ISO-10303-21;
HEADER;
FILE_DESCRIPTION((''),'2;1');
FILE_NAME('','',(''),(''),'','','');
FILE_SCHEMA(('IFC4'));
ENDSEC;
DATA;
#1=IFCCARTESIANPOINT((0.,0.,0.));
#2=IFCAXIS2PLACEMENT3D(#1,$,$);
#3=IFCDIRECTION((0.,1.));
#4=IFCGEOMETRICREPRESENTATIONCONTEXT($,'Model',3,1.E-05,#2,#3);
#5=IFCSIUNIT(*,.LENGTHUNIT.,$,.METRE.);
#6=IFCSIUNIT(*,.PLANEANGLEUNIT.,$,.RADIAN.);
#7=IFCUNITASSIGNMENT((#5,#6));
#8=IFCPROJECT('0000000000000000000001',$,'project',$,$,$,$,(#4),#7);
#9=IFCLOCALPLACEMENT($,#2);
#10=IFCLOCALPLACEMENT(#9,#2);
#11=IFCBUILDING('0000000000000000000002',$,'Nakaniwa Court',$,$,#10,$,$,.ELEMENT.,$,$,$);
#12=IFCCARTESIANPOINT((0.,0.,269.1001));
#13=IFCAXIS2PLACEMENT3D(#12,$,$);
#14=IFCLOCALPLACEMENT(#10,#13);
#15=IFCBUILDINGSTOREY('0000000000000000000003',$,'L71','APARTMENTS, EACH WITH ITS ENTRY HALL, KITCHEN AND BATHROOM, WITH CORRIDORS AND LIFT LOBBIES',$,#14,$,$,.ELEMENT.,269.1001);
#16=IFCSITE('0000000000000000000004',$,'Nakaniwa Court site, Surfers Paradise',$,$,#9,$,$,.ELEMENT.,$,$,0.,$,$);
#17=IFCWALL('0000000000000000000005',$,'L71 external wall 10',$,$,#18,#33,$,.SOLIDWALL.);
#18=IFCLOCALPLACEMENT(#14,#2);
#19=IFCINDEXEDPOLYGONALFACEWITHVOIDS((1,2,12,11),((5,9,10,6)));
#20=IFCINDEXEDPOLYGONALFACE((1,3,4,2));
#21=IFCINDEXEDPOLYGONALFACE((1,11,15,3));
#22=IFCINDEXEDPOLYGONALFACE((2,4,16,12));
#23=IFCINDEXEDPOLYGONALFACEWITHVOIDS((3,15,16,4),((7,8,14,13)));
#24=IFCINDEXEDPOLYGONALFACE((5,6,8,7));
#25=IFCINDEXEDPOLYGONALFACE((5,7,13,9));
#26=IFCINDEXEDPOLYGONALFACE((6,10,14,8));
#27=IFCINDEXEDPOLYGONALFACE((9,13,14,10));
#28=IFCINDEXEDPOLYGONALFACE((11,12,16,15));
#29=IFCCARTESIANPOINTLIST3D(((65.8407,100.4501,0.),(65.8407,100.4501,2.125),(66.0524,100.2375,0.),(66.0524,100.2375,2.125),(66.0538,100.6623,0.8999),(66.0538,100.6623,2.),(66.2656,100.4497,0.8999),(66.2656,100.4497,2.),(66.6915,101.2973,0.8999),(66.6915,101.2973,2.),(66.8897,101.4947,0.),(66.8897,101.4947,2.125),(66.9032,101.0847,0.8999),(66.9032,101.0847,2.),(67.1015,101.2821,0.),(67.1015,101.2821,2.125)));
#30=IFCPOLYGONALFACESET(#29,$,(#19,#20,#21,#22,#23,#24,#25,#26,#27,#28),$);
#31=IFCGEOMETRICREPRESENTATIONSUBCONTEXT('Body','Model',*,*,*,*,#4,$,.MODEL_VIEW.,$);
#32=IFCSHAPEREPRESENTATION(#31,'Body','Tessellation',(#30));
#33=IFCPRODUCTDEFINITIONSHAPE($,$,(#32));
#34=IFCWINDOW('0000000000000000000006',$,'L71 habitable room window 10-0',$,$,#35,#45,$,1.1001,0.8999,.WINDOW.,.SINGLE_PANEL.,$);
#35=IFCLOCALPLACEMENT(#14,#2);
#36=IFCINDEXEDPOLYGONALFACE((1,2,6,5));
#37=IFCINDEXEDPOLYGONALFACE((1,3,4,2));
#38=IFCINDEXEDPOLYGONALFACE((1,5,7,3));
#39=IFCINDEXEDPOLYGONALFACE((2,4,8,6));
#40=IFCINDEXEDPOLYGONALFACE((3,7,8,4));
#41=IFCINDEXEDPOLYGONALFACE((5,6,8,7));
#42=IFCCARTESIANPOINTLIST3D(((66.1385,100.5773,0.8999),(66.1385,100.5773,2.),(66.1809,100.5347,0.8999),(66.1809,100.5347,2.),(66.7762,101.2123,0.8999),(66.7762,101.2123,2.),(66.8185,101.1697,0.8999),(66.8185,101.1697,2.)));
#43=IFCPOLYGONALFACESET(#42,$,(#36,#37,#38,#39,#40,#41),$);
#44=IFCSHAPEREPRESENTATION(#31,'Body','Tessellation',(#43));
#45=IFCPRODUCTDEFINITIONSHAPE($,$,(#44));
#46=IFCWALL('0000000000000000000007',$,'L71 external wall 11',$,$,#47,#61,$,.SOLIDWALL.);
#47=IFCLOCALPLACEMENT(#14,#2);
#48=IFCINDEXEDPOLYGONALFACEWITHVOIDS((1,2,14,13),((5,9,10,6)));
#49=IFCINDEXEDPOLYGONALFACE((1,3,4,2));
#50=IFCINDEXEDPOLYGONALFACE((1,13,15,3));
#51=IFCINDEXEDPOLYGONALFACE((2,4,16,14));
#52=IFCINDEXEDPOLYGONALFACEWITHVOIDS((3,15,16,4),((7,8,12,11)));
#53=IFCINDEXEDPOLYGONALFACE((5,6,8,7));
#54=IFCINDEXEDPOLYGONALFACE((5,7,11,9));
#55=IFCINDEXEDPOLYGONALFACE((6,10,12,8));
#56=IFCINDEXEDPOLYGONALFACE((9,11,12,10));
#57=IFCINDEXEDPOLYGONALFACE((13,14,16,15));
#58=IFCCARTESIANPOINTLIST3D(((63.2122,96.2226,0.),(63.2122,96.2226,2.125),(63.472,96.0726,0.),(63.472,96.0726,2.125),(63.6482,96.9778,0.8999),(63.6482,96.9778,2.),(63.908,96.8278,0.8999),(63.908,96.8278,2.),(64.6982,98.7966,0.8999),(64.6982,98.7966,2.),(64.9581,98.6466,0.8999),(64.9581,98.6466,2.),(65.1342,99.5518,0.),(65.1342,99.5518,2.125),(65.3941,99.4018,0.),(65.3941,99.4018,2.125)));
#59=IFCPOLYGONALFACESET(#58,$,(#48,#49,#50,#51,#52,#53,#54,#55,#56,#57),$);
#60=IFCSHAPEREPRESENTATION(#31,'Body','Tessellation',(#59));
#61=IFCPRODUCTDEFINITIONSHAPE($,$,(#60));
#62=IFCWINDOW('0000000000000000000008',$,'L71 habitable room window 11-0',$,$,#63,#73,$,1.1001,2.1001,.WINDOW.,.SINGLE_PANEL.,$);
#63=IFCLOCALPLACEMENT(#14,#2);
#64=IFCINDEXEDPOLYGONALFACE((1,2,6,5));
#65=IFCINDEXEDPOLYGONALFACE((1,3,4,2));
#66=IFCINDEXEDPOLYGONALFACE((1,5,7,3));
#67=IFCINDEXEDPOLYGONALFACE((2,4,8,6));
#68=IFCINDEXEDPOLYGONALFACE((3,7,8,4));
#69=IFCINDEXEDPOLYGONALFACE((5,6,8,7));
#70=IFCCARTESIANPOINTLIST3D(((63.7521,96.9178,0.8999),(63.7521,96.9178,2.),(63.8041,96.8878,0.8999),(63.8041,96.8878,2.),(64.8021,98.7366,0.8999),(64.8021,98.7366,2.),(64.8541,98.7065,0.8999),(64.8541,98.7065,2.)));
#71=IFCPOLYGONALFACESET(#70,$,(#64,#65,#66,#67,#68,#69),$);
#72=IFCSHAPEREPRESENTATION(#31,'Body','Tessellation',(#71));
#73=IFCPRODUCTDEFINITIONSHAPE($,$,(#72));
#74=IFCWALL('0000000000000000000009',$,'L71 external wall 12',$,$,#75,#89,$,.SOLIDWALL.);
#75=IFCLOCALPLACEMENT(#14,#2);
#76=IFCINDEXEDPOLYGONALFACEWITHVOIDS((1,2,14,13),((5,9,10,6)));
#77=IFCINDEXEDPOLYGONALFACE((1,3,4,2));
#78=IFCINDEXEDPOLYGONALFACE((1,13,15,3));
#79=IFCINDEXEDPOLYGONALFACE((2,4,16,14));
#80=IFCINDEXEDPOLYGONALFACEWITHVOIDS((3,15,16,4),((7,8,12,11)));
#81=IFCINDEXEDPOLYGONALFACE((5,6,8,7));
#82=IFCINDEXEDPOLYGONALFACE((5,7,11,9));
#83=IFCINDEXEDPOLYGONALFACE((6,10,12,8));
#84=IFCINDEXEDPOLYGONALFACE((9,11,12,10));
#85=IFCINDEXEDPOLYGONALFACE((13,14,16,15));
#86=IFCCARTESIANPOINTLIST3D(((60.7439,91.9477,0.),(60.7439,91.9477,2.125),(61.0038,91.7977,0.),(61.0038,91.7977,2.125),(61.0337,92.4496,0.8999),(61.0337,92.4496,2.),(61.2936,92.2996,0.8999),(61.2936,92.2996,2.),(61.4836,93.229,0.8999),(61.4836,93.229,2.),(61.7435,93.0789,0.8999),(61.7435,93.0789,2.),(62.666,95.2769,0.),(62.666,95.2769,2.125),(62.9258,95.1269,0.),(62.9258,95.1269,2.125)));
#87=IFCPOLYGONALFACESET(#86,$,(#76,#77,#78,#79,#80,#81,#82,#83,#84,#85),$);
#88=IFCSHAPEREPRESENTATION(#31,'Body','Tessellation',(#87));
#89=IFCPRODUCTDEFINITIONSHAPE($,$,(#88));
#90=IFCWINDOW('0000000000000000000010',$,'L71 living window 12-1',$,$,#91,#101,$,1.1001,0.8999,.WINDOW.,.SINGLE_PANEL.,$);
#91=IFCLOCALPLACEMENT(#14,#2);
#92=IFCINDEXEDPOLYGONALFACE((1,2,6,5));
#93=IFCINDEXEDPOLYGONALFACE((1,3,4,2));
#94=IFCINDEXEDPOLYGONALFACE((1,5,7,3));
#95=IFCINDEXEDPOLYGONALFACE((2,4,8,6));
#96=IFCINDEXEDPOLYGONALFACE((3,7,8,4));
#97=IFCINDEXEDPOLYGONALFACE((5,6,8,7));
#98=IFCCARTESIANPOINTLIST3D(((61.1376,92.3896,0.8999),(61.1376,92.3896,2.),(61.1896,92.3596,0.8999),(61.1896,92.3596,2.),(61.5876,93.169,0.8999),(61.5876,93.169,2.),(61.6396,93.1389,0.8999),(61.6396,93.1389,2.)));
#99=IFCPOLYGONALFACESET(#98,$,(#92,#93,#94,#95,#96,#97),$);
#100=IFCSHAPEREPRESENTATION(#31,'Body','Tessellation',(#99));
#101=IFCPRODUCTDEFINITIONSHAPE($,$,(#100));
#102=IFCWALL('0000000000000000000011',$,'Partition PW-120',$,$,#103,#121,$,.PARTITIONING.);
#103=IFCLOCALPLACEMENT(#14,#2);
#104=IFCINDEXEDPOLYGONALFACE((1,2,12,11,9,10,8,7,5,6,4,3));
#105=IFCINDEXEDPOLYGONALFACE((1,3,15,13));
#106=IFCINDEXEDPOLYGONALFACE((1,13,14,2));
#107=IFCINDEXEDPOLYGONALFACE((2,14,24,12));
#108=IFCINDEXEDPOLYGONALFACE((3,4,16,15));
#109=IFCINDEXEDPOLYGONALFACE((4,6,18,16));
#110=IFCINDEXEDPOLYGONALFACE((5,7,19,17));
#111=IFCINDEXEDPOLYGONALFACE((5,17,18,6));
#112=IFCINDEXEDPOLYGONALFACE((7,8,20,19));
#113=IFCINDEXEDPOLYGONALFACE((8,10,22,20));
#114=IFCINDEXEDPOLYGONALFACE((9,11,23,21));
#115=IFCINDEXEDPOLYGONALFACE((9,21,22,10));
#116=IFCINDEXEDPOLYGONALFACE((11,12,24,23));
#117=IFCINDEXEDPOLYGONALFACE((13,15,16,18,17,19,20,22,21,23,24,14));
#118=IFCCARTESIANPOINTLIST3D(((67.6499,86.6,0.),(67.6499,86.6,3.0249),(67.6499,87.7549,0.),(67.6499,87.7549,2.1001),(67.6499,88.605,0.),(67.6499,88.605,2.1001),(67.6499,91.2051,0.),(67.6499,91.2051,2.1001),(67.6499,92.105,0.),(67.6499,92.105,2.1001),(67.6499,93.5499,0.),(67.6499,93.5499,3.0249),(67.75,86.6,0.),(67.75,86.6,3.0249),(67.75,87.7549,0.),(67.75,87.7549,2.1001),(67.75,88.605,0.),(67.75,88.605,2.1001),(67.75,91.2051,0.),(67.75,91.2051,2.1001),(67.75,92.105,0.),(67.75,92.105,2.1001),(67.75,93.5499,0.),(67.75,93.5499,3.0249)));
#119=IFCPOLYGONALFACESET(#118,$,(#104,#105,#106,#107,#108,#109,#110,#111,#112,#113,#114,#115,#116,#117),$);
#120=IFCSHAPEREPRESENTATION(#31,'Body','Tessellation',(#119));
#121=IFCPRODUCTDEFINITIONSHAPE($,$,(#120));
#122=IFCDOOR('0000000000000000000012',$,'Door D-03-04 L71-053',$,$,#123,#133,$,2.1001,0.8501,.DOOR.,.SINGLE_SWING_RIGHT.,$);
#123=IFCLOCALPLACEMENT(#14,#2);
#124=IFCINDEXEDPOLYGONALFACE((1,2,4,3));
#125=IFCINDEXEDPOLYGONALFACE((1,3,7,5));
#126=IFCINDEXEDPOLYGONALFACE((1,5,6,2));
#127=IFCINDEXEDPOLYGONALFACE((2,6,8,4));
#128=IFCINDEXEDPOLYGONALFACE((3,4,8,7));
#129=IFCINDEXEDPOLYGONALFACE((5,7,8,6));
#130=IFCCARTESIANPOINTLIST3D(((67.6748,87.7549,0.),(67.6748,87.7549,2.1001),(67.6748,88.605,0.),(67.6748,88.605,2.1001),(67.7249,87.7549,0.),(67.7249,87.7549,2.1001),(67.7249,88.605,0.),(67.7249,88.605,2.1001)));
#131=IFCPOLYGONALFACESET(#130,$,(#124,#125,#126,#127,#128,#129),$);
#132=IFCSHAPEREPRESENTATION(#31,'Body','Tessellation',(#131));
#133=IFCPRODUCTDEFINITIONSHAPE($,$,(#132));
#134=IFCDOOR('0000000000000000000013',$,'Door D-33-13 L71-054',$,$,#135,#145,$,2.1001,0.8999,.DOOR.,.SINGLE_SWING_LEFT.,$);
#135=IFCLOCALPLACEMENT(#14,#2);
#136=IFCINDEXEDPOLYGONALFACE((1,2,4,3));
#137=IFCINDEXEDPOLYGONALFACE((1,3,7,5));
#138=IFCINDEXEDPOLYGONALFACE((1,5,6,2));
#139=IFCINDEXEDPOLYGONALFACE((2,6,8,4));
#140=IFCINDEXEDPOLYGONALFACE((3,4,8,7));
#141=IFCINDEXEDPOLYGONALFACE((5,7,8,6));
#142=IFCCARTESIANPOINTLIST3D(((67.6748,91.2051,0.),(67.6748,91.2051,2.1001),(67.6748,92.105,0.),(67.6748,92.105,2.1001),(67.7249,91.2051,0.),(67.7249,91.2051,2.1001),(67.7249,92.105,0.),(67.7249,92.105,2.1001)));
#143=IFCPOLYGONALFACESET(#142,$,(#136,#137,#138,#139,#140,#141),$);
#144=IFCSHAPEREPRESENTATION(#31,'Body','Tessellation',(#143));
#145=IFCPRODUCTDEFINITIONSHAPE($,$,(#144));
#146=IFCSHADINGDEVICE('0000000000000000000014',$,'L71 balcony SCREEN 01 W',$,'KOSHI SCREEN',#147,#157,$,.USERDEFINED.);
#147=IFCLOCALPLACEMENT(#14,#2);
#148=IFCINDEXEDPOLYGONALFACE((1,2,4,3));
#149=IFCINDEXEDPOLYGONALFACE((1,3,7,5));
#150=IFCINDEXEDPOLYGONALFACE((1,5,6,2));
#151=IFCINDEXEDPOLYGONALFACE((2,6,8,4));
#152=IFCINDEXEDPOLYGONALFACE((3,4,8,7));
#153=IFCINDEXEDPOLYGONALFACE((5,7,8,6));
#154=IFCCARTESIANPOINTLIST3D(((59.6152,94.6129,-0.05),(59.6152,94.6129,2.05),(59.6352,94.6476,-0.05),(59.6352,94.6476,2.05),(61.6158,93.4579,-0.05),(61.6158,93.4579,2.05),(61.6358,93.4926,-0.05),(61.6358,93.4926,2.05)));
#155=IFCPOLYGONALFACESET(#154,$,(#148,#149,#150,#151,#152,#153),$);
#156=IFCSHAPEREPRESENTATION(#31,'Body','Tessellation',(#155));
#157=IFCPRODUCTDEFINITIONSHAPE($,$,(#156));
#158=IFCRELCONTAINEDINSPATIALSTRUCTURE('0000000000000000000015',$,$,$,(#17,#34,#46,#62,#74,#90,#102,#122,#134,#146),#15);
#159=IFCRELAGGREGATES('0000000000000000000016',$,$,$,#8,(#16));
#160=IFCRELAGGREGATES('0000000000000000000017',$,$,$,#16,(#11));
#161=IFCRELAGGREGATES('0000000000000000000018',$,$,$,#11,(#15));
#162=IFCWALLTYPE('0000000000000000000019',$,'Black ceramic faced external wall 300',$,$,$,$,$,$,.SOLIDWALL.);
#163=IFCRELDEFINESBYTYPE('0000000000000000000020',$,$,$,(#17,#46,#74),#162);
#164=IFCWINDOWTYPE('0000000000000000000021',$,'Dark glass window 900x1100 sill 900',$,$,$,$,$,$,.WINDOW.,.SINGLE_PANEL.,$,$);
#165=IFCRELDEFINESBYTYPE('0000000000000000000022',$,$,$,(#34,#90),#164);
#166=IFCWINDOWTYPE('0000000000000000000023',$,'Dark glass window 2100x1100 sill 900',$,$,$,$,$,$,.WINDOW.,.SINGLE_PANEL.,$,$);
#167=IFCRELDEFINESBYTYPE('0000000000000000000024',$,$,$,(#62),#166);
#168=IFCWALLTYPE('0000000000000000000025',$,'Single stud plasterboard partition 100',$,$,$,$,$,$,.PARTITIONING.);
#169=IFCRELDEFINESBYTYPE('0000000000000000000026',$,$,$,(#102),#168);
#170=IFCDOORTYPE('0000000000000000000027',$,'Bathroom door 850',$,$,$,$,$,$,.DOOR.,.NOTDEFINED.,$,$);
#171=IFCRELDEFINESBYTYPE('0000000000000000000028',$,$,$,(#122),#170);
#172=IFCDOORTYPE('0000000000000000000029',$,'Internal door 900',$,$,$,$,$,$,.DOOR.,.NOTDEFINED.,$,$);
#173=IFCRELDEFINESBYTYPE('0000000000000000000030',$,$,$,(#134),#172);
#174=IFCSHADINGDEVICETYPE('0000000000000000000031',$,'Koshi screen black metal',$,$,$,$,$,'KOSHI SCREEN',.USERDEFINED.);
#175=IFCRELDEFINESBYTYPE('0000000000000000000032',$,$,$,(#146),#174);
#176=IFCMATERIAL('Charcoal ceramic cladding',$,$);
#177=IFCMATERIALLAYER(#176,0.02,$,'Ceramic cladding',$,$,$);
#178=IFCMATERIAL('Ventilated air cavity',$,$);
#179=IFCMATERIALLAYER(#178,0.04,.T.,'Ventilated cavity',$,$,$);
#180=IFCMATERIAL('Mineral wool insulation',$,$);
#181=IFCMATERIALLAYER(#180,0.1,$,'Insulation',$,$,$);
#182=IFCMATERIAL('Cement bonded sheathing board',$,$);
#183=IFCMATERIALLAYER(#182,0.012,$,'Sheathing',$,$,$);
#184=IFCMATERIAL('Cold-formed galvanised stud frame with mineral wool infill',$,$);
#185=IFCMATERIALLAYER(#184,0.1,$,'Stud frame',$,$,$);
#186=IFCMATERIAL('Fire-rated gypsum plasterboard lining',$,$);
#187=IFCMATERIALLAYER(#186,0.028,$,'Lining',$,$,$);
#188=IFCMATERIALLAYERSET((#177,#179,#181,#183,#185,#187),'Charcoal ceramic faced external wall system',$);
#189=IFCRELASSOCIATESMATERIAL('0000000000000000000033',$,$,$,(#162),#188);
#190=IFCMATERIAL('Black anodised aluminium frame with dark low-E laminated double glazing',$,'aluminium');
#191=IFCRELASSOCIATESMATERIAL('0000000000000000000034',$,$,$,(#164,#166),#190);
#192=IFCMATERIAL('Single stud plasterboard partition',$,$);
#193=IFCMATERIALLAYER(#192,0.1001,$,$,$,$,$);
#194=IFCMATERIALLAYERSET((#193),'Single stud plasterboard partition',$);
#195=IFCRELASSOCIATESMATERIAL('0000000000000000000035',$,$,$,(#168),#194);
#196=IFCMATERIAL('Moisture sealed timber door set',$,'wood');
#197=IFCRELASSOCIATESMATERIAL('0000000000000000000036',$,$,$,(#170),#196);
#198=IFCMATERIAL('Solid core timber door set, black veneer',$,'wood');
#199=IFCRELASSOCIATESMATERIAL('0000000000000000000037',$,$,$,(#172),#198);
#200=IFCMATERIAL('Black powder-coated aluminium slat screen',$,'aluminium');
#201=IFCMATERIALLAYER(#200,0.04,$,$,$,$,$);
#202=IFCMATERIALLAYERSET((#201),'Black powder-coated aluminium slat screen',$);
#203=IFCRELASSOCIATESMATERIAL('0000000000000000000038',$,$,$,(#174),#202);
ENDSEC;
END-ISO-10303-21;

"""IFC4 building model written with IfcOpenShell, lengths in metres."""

from ifc_helpers import new_model, si_unit, direction, frame, frame_2d, origin, origin_2d, place, context, subcontext, project, spatial, rectangle, extrude, material, layer, layer_set, type_object, element, fill, save


model = new_model("IFC4")

# Units and contexts
model_context = context("Model", 3, precision=1e-05, world=origin(), true_north=direction((0.0, 1.0)))
body_context = subcontext(model_context, "Body", "Model", "MODEL_VIEW")
ifc_project = project(units=[si_unit("LENGTHUNIT", "METRE"), si_unit("PLANEANGLEUNIT", "RADIAN")], contexts=[model_context])

# Site, building, storey
site_placement = place(None, origin())
site = spatial("IfcSite", under=ifc_project, at=site_placement, Name="Nakaniwa Court site, Surfers Paradise", CompositionType="ELEMENT", RefElevation=0.0)
building_placement = place(site_placement, origin())
building = spatial("IfcBuilding", under=site, at=building_placement, Name="Nakaniwa Court", CompositionType="ELEMENT")
storey_placement = place(building_placement, frame((0.0, 0.0, 269.1001)))
storey = spatial("IfcBuildingStorey", under=building, at=storey_placement, Name="L71", Description="APARTMENTS, EACH WITH ITS ENTRY HALL, KITCHEN AND BATHROOM, WITH CORRIDORS AND LIFT LOBBIES", CompositionType="ELEMENT", Elevation=269.1001)

# Walls, openings, windows
ifc_material_1 = material(Name="Charcoal ceramic cladding")
ifc_layer_1 = layer(ifc_material_1, 0.02, Name="Ceramic cladding")
ifc_material_2 = material(Name="Ventilated air cavity")
ifc_layer_2 = layer(ifc_material_2, 0.04, ventilated=True, Name="Ventilated cavity")
ifc_material_3 = material(Name="Mineral wool insulation")
ifc_layer_3 = layer(ifc_material_3, 0.1, Name="Insulation")
ifc_material_4 = material(Name="Cement bonded sheathing board")
ifc_layer_4 = layer(ifc_material_4, 0.012, Name="Sheathing")
ifc_material_5 = material(Name="Cold-formed galvanised stud frame with mineral wool infill")
ifc_layer_5 = layer(ifc_material_5, 0.1, Name="Stud frame")
ifc_material_6 = material(Name="Fire-rated gypsum plasterboard lining")
ifc_layer_6 = layer(ifc_material_6, 0.028, Name="Lining")
ifc_layer_set_1 = layer_set([ifc_layer_1, ifc_layer_2, ifc_layer_3, ifc_layer_4, ifc_layer_5, ifc_layer_6], Name="Charcoal ceramic faced external wall system")
wall_type_1 = type_object("IfcWallType", Name="Black ceramic faced external wall 300", PredefinedType="SOLIDWALL", material=ifc_layer_set_1)
ifc_material_7 = material(Name="Black anodised aluminium frame with dark low-E laminated double glazing", Category="aluminium")
window_type_1 = type_object("IfcWindowType", Name="Dark glass window 900x1100 sill 900", PartitioningType="SINGLE_PANEL", PredefinedType="WINDOW", material=ifc_material_7)
wall_1_placement = place(storey_placement, frame((66.9956, 101.3884, 0.0), z_axis=(0.0, 0.0, 1.0), x_axis=(-0.708589, -0.705621, 0.0)))
wall_1 = element("IfcWall", 1, at=wall_1_placement, inside=storey, type_object=wall_type_1, Name="L71 external wall 10", PredefinedType="SOLIDWALL", context=body_context, shape_type="SweptSolid", body=[
    extrude(rectangle(XDim=1.4805, YDim=0.3, at=frame_2d((0.7402, 0.0))), origin(), (0.0, 0.0, 1.0), 2.125),
])
opening_1_placement = place(wall_1_placement, frame((0.2798, 0.0, 0.8999)))
opening_1 = element("IfcOpeningElement", 2, at=opening_1_placement, cuts=wall_1, PredefinedType="OPENING", context=body_context, shape_type="SweptSolid", body=[
    extrude(rectangle(XDim=0.8999, YDim=1.1001, at=frame_2d((0.45, 0.55))), frame((0.0, 0.1599, 0.0), z_axis=(0.0, -1.0, 0.0), x_axis=(1.0, 0.0, 0.0)), (0.0, 0.0, 1.0), 0.3201),
])
window_1_placement = place(opening_1_placement, origin())
window_1 = element("IfcWindow", 3, at=window_1_placement, inside=storey, type_object=window_type_1, Name="L71 habitable room window 10-0", OverallHeight=1.1001, OverallWidth=0.8999, PartitioningType="SINGLE_PANEL", PredefinedType="WINDOW", context=body_context, shape_type="SweptSolid", body=[
    extrude(rectangle(XDim=0.8999, YDim=1.1001, at=frame_2d((0.45, 0.55))), frame((0.0, 0.03, 0.0), z_axis=(0.0, -1.0, 0.0), x_axis=(1.0, 0.0, 0.0)), (0.0, 0.0, 1.0), 0.0601),
])
fill(opening_1, window_1)
wall_2_placement = place(storey_placement, frame((65.2642, 99.4768, 0.0), z_axis=(0.0, 0.0, 1.0), x_axis=(-0.499984, -0.866034, 0.0)))
wall_2 = element("IfcWall", 4, at=wall_2_placement, inside=storey, type_object=wall_type_1, Name="L71 external wall 11", PredefinedType="SOLIDWALL", context=body_context, shape_type="SweptSolid", body=[
    extrude(rectangle(XDim=3.8442, YDim=0.3, at=frame_2d((1.9221, 0.0))), origin(), (0.0, 0.0, 1.0), 2.125),
])
opening_2_placement = place(wall_2_placement, frame((0.8721, 0.0, 0.8999)))
opening_2 = element("IfcOpeningElement", 5, at=opening_2_placement, cuts=wall_2, PredefinedType="OPENING", context=body_context, shape_type="SweptSolid", body=[
    extrude(rectangle(XDim=2.1001, YDim=1.1001, at=frame_2d((1.05, 0.55))), frame((0.0, 0.1599, 0.0), z_axis=(0.0, -1.0, 0.0), x_axis=(1.0, 0.0, 0.0)), (0.0, 0.0, 1.0), 0.3201),
])
window_type_2 = type_object("IfcWindowType", Name="Dark glass window 2100x1100 sill 900", PartitioningType="SINGLE_PANEL", PredefinedType="WINDOW", material=ifc_material_7)
window_2_placement = place(opening_2_placement, origin())
window_2 = element("IfcWindow", 6, at=window_2_placement, inside=storey, type_object=window_type_2, Name="L71 habitable room window 11-0", OverallHeight=1.1001, OverallWidth=2.1001, PartitioningType="SINGLE_PANEL", PredefinedType="WINDOW", context=body_context, shape_type="SweptSolid", body=[
    extrude(rectangle(XDim=2.1001, YDim=1.1001, at=frame_2d((1.05, 0.55))), frame((0.0, 0.03, 0.0), z_axis=(0.0, -1.0, 0.0), x_axis=(1.0, 0.0, 0.0)), (0.0, 0.0, 1.0), 0.0601),
])
fill(opening_2, window_2)
wall_3_placement = place(storey_placement, frame((62.7959, 95.2019, 0.0), z_axis=(0.0, 0.0, 1.0), x_axis=(-0.499984, -0.866034, 0.0)))
wall_3 = element("IfcWall", 7, at=wall_3_placement, inside=storey, type_object=wall_type_1, Name="L71 external wall 12", PredefinedType="SOLIDWALL", context=body_context, shape_type="SweptSolid", body=[
    extrude(rectangle(XDim=3.8442, YDim=0.3, at=frame_2d((1.9221, 0.0))), origin(), (0.0, 0.0, 1.0), 2.125),
])
opening_3_placement = place(wall_3_placement, frame((2.3647, 0.0, 0.8999)))
opening_3 = element("IfcOpeningElement", 8, at=opening_3_placement, cuts=wall_3, PredefinedType="OPENING", context=body_context, shape_type="SweptSolid", body=[
    extrude(rectangle(XDim=0.8999, YDim=1.1001, at=frame_2d((0.45, 0.55))), frame((0.0, 0.1599, 0.0), z_axis=(0.0, -1.0, 0.0), x_axis=(1.0, 0.0, 0.0)), (0.0, 0.0, 1.0), 0.3201),
])
window_3_placement = place(opening_3_placement, origin())
window_3 = element("IfcWindow", 9, at=window_3_placement, inside=storey, type_object=window_type_1, Name="L71 living window 12-1", OverallHeight=1.1001, OverallWidth=0.8999, PartitioningType="SINGLE_PANEL", PredefinedType="WINDOW", context=body_context, shape_type="SweptSolid", body=[
    extrude(rectangle(XDim=0.8999, YDim=1.1001, at=frame_2d((0.45, 0.55))), frame((0.0, 0.03, 0.0), z_axis=(0.0, -1.0, 0.0), x_axis=(1.0, 0.0, 0.0)), (0.0, 0.0, 1.0), 0.0601),
])
fill(opening_3, window_3)

# Wall, openings, doors
ifc_material_8 = material(Name="Single stud plasterboard partition")
ifc_layer_7 = layer(ifc_material_8, 0.1001)
ifc_layer_set_2 = layer_set([ifc_layer_7], Name="Single stud plasterboard partition")
wall_type_2 = type_object("IfcWallType", Name="Single stud plasterboard partition 100", PredefinedType="PARTITIONING", material=ifc_layer_set_2)
wall_4_placement = place(storey_placement, frame((67.7, 93.55, 0.0), z_axis=(0.0, 0.0, 1.0), x_axis=(0.0, -1.0, 0.0)))
wall_4 = element("IfcWall", 10, at=wall_4_placement, inside=storey, type_object=wall_type_2, Name="Partition PW-120", PredefinedType="PARTITIONING", context=body_context, shape_type="SweptSolid", body=[
    extrude(rectangle(XDim=6.95, YDim=0.1001, at=frame_2d((3.4751, 0.0))), origin(), (0.0, 0.0, 1.0), 3.0249),
])
opening_4_placement = place(wall_4_placement, frame((4.9451, 0.0, 0.0)))
opening_4 = element("IfcOpeningElement", 11, at=opening_4_placement, cuts=wall_4, PredefinedType="OPENING", context=body_context, shape_type="SweptSolid", body=[
    extrude(rectangle(XDim=0.8501, YDim=2.1001, at=frame_2d((0.425, 1.05))), frame((0.0, 0.0601, 0.0), z_axis=(0.0, -1.0, 0.0), x_axis=(1.0, 0.0, 0.0)), (0.0, 0.0, 1.0), 0.1201),
])
opening_5_placement = place(wall_4_placement, frame((1.4451, 0.0, 0.0)))
opening_5 = element("IfcOpeningElement", 12, at=opening_5_placement, cuts=wall_4, PredefinedType="OPENING", context=body_context, shape_type="SweptSolid", body=[
    extrude(rectangle(XDim=0.8999, YDim=2.1001, at=frame_2d((0.45, 1.05))), frame((0.0, 0.0601, 0.0), z_axis=(0.0, -1.0, 0.0), x_axis=(1.0, 0.0, 0.0)), (0.0, 0.0, 1.0), 0.1201),
])
ifc_material_9 = material(Name="Moisture sealed timber door set", Category="wood")
door_type_1 = type_object("IfcDoorType", Name="Bathroom door 850", OperationType="NOTDEFINED", PredefinedType="DOOR", material=ifc_material_9)
door_1_placement = place(opening_4_placement, origin())
door_1 = element("IfcDoor", 13, at=door_1_placement, inside=storey, type_object=door_type_1, Name="Door D-03-04 L71-053", OperationType="SINGLE_SWING_RIGHT", OverallHeight=2.1001, OverallWidth=0.8501, PredefinedType="DOOR", context=body_context, shape_type="SweptSolid", body=[
    extrude(rectangle(XDim=0.8501, YDim=2.1001, at=frame_2d((0.425, 1.05))), frame((0.0, 0.0249, 0.0), z_axis=(0.0, -1.0, 0.0), x_axis=(1.0, 0.0, 0.0)), (0.0, 0.0, 1.0), 0.05),
])
fill(opening_4, door_1)
ifc_material_10 = material(Name="Solid core timber door set, black veneer", Category="wood")
door_type_2 = type_object("IfcDoorType", Name="Internal door 900", OperationType="NOTDEFINED", PredefinedType="DOOR", material=ifc_material_10)
door_2_placement = place(opening_5_placement, origin())
door_2 = element("IfcDoor", 14, at=door_2_placement, inside=storey, type_object=door_type_2, Name="Door D-33-13 L71-054", OperationType="SINGLE_SWING_LEFT", OverallHeight=2.1001, OverallWidth=0.8999, PredefinedType="DOOR", context=body_context, shape_type="SweptSolid", body=[
    extrude(rectangle(XDim=0.8999, YDim=2.1001, at=frame_2d((0.45, 1.05))), frame((0.0, 0.0249, 0.0), z_axis=(0.0, -1.0, 0.0), x_axis=(1.0, 0.0, 0.0)), (0.0, 0.0, 1.0), 0.05),
])
fill(opening_5, door_2)

# Shading device
ifc_material_11 = material(Name="Black powder-coated aluminium slat screen", Category="aluminium")
ifc_layer_8 = layer(ifc_material_11, 0.04)
ifc_layer_set_3 = layer_set([ifc_layer_8], Name="Black powder-coated aluminium slat screen")
shading_device_type_1 = type_object("IfcShadingDeviceType", Name="Koshi screen black metal", ElementType="KOSHI SCREEN", PredefinedType="USERDEFINED", material=ifc_layer_set_3)
shading_device_placement = place(storey_placement, frame((60.6255, 94.0527, -0.05), z_axis=(0.0, 0.0, 1.0), x_axis=(-0.499986, -0.866033, 0.0)))
element("IfcShadingDevice", 15, at=shading_device_placement, inside=storey, type_object=shading_device_type_1, Name="L71 balcony SCREEN 01 W", ObjectType="KOSHI SCREEN", PredefinedType="USERDEFINED", context=body_context, shape_type="SweptSolid", body=[
    extrude(rectangle(XDim=0.04, YDim=2.3101, at=origin_2d()), origin(), (0.0, 0.0, 1.0), 2.1001),
])

save(model, "model.ifc")
